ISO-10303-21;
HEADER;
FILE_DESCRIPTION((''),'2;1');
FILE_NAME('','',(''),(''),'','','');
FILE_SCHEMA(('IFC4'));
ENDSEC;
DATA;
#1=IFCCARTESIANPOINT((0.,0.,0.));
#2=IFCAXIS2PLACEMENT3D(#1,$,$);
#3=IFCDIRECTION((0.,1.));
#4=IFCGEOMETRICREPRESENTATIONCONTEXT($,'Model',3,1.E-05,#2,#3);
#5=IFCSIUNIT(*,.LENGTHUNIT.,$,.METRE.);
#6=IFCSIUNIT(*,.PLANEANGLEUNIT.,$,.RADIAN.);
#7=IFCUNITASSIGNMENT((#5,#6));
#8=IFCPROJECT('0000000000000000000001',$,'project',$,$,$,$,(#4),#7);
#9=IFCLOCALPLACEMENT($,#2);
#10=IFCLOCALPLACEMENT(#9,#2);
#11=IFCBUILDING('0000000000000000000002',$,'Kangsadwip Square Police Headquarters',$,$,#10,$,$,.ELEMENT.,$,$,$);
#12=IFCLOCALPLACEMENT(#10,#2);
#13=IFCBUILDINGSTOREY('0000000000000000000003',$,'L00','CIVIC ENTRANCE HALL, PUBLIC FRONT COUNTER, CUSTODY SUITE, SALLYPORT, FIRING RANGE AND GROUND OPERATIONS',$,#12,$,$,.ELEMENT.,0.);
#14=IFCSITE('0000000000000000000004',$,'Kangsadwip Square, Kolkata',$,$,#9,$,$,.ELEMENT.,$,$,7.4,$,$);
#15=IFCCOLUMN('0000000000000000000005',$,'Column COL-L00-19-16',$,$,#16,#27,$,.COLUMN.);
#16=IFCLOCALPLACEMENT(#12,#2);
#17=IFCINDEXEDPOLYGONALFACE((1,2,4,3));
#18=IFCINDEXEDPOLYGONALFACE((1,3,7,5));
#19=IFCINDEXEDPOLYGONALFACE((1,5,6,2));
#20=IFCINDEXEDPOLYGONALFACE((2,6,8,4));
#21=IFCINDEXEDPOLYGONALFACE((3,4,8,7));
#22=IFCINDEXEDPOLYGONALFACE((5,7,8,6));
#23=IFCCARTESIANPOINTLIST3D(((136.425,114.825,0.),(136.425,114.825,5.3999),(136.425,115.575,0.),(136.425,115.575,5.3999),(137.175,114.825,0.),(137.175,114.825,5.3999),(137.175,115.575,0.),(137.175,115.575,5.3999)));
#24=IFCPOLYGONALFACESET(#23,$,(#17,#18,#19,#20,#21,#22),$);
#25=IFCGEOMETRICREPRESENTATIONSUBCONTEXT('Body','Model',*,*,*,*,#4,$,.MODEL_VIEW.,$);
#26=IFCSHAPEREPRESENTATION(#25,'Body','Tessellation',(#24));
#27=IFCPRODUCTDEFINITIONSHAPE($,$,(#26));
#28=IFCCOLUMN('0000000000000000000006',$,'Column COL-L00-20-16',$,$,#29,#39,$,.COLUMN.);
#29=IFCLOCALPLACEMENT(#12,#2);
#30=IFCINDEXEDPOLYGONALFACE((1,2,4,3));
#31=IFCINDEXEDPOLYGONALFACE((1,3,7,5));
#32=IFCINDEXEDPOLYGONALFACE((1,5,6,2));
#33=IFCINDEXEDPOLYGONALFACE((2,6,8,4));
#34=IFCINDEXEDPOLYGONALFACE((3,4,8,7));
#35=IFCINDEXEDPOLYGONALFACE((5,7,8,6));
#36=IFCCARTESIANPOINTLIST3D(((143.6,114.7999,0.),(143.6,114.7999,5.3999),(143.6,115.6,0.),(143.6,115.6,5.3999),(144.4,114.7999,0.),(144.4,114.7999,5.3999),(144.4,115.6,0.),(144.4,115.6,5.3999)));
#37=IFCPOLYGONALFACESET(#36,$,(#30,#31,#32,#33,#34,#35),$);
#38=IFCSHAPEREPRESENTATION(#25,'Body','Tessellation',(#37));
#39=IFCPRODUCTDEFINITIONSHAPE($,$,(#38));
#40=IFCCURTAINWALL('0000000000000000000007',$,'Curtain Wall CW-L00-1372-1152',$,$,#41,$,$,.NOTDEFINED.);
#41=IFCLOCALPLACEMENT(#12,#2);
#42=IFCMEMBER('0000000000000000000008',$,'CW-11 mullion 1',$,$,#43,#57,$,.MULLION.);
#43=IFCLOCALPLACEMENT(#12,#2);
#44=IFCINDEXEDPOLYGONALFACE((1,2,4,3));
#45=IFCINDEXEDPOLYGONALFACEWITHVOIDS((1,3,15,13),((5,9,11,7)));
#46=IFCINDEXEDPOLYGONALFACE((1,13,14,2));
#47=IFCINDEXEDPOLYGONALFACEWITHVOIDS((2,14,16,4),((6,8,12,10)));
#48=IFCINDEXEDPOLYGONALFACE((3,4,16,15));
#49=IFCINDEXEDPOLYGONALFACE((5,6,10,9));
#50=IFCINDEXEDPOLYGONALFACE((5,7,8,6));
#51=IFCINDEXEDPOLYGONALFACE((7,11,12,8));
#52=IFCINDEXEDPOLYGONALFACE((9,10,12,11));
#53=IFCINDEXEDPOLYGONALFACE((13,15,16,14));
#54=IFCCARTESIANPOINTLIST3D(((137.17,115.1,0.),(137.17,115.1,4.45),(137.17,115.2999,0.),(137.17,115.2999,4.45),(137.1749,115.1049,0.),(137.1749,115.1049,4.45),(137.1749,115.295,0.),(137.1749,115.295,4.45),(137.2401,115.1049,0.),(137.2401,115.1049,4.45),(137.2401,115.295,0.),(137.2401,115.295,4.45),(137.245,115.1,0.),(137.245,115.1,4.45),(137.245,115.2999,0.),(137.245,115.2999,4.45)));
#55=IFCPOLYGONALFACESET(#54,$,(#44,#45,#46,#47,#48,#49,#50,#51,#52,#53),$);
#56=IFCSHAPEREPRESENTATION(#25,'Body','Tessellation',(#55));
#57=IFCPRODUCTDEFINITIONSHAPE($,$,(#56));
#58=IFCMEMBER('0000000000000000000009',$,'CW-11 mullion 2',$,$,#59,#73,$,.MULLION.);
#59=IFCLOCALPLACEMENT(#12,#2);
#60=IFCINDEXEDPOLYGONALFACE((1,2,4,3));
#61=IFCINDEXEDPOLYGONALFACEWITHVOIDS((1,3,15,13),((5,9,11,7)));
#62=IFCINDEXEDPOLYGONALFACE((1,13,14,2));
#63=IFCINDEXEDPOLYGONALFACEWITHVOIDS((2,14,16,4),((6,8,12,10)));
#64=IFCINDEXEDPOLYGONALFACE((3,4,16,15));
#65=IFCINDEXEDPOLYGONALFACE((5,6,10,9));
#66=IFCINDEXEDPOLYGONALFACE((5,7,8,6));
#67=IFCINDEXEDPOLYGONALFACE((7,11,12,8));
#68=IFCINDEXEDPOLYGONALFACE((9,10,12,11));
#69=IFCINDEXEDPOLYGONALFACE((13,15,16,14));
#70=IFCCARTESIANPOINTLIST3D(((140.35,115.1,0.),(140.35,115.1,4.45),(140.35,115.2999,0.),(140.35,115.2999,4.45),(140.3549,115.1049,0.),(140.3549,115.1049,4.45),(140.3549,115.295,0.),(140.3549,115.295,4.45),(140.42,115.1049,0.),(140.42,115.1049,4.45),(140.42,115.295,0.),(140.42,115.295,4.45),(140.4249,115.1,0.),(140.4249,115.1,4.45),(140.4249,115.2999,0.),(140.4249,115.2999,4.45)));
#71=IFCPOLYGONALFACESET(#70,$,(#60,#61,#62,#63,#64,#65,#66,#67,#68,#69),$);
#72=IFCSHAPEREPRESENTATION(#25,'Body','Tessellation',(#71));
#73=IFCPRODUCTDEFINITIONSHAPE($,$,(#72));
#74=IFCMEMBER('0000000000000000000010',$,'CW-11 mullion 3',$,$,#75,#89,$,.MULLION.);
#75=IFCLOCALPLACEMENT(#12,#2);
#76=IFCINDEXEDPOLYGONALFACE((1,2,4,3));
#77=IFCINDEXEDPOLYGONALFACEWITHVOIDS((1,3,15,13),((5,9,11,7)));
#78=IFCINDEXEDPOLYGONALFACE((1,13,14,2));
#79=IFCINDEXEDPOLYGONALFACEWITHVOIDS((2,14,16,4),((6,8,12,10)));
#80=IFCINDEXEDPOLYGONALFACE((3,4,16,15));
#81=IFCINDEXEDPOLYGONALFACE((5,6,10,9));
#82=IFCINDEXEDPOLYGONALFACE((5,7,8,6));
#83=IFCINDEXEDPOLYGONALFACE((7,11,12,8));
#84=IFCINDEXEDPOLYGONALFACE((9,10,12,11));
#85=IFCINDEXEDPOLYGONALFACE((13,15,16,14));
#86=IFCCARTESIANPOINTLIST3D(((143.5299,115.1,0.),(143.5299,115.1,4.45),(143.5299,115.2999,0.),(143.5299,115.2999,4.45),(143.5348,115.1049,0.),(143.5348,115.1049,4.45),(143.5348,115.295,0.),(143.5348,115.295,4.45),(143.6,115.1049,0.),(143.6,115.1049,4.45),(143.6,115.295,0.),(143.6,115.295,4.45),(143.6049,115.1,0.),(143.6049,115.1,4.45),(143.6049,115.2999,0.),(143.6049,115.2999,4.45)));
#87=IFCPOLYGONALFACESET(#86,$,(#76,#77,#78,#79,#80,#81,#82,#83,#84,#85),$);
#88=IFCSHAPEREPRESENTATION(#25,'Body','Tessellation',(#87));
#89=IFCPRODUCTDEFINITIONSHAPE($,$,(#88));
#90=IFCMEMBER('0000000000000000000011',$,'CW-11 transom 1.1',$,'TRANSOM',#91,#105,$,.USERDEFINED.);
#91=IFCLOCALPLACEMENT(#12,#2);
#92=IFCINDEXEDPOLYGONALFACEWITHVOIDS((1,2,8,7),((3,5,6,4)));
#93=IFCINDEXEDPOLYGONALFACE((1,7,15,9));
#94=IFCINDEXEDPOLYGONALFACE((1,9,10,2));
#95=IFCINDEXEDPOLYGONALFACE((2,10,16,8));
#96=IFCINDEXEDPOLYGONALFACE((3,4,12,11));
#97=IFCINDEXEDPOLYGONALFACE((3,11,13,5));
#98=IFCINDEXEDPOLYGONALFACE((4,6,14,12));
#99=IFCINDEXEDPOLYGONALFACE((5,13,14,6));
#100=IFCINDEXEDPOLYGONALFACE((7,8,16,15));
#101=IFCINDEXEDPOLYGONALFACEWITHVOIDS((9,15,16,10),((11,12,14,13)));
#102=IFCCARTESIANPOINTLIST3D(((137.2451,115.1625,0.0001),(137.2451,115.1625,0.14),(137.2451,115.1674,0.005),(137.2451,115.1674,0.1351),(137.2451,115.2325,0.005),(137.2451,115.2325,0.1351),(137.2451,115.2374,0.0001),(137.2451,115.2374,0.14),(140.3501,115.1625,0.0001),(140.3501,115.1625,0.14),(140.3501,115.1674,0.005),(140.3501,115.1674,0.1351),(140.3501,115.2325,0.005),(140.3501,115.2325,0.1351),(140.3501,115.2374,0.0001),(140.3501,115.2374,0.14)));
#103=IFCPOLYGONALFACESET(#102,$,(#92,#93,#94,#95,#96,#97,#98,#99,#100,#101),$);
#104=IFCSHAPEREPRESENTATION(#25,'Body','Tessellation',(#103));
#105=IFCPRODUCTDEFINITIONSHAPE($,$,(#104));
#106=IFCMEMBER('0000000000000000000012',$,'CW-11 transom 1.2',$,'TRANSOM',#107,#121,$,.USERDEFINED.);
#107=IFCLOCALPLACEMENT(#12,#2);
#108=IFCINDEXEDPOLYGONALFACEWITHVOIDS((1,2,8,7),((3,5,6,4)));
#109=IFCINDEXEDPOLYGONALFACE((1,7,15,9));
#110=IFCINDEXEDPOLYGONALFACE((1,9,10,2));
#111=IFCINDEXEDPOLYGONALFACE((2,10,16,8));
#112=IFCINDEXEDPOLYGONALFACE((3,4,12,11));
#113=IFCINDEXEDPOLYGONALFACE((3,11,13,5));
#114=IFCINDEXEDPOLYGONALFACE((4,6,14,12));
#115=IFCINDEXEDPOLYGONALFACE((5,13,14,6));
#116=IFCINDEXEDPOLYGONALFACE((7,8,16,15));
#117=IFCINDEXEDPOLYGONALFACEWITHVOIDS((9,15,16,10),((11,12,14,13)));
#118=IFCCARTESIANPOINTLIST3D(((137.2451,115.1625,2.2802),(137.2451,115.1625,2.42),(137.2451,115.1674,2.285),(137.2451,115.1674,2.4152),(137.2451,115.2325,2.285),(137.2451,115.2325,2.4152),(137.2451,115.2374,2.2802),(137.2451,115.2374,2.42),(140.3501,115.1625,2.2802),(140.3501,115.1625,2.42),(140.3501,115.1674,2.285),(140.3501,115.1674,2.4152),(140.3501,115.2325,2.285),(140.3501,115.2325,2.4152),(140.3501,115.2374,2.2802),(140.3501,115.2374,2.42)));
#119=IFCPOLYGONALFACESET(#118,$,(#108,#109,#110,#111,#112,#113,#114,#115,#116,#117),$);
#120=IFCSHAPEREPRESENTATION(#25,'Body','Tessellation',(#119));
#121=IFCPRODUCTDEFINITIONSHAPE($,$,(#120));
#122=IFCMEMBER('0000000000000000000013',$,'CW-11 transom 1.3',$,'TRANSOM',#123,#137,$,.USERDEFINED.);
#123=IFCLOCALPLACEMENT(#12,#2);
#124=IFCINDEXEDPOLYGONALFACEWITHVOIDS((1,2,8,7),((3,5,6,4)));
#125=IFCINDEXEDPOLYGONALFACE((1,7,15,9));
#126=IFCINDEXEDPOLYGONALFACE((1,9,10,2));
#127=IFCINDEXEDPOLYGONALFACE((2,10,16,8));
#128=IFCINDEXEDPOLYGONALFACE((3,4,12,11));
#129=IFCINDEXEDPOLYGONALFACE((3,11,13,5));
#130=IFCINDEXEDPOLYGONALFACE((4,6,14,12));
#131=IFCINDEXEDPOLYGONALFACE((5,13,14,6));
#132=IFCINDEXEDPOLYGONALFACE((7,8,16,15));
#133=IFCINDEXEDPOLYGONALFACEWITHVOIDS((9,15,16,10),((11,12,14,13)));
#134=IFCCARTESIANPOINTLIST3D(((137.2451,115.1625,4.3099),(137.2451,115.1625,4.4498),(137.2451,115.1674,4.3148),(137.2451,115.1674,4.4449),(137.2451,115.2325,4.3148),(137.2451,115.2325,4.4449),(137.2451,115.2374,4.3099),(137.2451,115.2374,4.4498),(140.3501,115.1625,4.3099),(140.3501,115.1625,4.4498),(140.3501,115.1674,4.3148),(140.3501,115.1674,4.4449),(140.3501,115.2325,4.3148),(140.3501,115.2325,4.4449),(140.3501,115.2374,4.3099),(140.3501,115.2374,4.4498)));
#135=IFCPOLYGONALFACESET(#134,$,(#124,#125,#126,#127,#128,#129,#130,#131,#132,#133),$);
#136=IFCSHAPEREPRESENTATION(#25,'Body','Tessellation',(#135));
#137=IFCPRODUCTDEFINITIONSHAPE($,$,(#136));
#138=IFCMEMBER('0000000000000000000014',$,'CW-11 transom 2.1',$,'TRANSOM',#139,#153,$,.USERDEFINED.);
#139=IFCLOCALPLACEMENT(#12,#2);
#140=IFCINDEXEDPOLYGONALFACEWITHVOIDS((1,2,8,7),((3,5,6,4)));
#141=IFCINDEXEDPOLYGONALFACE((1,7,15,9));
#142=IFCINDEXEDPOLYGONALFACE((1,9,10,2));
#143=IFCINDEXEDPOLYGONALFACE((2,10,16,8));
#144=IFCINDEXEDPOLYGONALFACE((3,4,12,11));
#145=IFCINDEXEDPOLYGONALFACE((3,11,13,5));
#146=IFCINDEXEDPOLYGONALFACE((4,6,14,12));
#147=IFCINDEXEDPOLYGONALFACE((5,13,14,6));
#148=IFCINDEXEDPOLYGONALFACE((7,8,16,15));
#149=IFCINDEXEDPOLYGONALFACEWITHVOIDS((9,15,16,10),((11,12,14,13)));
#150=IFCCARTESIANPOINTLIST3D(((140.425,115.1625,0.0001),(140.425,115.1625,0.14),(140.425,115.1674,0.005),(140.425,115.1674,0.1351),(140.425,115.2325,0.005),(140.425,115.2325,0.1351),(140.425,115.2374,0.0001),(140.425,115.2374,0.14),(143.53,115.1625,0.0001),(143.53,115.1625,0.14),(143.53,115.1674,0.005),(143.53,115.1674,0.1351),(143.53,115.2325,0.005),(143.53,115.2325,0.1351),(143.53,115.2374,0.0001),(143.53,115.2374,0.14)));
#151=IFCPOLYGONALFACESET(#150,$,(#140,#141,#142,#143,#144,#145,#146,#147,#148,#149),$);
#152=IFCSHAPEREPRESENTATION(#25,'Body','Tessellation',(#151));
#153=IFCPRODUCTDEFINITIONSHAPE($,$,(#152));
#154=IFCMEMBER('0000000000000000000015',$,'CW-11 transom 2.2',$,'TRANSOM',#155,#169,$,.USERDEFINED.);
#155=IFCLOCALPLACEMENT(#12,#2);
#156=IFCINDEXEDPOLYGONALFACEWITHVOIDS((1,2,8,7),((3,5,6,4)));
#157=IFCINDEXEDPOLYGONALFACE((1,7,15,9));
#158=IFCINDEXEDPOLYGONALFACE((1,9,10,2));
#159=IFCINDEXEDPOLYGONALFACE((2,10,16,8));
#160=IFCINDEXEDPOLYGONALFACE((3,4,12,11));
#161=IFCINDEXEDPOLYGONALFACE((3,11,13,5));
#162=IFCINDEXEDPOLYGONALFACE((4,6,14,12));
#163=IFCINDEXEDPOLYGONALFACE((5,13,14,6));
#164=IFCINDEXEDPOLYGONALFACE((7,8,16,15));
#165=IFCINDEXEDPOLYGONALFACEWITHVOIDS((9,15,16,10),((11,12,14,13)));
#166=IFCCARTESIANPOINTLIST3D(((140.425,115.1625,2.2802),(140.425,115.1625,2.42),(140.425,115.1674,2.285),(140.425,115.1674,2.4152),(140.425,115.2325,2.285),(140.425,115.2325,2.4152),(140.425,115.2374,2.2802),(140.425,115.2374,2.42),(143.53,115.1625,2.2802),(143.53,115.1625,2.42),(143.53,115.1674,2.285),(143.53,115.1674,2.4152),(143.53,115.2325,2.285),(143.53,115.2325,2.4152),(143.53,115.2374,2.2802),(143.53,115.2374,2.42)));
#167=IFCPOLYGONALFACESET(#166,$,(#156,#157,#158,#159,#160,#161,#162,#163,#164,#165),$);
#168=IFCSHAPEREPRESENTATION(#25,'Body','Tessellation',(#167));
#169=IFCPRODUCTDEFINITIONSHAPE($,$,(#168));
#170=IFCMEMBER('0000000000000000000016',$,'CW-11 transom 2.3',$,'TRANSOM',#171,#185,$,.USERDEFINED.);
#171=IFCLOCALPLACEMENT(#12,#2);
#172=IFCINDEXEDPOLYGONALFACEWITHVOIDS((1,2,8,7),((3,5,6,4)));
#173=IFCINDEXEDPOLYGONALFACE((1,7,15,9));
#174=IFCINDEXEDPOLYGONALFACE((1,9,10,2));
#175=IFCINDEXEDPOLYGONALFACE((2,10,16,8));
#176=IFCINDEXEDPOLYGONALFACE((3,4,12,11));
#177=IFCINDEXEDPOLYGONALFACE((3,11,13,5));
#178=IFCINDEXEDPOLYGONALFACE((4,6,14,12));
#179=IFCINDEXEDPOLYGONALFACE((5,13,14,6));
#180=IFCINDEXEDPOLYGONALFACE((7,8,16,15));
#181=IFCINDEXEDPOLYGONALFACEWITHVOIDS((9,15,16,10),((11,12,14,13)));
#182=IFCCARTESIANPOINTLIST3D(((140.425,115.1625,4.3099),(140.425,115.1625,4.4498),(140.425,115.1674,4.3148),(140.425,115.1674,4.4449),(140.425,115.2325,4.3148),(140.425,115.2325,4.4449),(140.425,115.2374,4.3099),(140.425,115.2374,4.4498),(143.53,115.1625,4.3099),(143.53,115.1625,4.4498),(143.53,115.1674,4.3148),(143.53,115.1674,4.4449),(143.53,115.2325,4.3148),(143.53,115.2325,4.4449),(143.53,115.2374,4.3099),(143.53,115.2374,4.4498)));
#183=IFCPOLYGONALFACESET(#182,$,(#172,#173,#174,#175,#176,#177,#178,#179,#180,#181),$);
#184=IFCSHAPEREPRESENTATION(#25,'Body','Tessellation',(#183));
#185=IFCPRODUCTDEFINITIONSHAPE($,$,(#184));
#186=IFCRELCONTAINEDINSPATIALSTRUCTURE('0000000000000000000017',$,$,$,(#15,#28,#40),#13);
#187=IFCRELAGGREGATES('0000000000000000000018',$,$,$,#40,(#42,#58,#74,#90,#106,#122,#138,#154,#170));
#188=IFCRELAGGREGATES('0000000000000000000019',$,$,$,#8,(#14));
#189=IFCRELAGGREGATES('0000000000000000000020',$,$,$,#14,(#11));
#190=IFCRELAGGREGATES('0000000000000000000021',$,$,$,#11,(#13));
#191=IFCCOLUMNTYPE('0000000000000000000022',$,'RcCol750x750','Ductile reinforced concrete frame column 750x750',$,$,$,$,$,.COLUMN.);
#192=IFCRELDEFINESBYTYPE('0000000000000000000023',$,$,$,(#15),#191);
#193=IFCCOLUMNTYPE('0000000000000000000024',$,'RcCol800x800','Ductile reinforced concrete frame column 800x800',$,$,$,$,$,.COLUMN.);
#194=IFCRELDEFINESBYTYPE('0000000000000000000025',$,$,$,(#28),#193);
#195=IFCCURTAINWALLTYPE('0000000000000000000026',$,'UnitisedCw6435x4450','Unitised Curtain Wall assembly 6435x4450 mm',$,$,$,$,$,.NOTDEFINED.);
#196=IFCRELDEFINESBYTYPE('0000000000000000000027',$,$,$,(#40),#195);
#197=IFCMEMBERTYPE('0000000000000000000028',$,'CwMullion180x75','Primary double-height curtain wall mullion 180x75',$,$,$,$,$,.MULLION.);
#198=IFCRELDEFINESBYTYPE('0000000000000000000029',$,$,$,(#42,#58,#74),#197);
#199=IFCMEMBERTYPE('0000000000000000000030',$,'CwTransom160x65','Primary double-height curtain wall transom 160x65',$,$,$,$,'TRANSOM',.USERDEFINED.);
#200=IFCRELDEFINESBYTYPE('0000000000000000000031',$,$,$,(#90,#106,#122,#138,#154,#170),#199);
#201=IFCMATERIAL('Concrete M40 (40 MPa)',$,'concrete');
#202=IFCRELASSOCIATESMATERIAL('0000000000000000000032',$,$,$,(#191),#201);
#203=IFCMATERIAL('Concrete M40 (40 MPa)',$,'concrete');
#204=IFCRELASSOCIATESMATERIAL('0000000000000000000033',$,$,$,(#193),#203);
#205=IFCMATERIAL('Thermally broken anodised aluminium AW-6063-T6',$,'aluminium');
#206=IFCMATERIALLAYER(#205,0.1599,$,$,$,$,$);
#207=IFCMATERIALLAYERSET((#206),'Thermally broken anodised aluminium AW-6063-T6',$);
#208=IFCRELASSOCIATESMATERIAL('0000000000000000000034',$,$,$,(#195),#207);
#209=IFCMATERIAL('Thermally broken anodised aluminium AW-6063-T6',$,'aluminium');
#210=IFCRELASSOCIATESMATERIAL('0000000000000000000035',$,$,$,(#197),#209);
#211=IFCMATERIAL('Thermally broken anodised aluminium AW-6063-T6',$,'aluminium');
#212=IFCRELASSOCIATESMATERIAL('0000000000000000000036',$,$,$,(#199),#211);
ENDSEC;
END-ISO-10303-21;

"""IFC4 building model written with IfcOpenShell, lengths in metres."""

from ifc_helpers import new_model, si_unit, direction, frame, origin, origin_2d, place, context, subcontext, project, spatial, rectangle, hollow_rectangle, extrude, material, layer, layer_set, material_profile, profile_set, type_object, element, aggregate, save


model = new_model("IFC4")

# Units and contexts
model_context = context("Model", 3, precision=1e-05, world=origin(), true_north=direction((0.0, 1.0)))
body_context = subcontext(model_context, "Body", "Model", "MODEL_VIEW")
ifc_project = project(units=[si_unit("LENGTHUNIT", "METRE"), si_unit("PLANEANGLEUNIT", "RADIAN")], contexts=[model_context])

# Site, building, storey
site_placement = place(None, origin())
site = spatial("IfcSite", under=ifc_project, at=site_placement, Name="Kangsadwip Square, Kolkata", CompositionType="ELEMENT", RefElevation=7.4)
building_placement = place(site_placement, origin())
building = spatial("IfcBuilding", under=site, at=building_placement, Name="Kangsadwip Square Police Headquarters", CompositionType="ELEMENT")
storey_placement = place(building_placement, origin())
storey = spatial("IfcBuildingStorey", under=building, at=storey_placement, Name="L00", Description="CIVIC ENTRANCE HALL, PUBLIC FRONT COUNTER, CUSTODY SUITE, SALLYPORT, FIRING RANGE AND GROUND OPERATIONS", CompositionType="ELEMENT", Elevation=0.0)

# Columns
ifc_material_1 = material(Name="Concrete M40 (40 MPa)", Category="concrete")
ifc_material_profile_1 = material_profile(ifc_material_1, rectangle(XDim=0.75, YDim=0.75, at=origin_2d()), Name="RC COL 750X750")
ifc_profile_set_1 = profile_set([ifc_material_profile_1], Name="Concrete M40 (40 MPa)")
column_type_1 = type_object("IfcColumnType", Name="RcCol750x750", Description="Ductile reinforced concrete frame column 750x750", PredefinedType="COLUMN", material=ifc_profile_set_1)
column_1_placement = place(storey_placement, frame((136.8, 115.2, 0.0), z_axis=(0.0, 0.0, 1.0), x_axis=(1.0, 0.0, 0.0)))
element("IfcColumn", 1, at=column_1_placement, inside=storey, type_object=column_type_1, Name="Column COL-L00-19-16", PredefinedType="COLUMN", context=body_context, shape_type="SweptSolid", body=[
    extrude(rectangle(XDim=0.75, YDim=0.75, at=origin_2d()), origin(), (0.0, 0.0, 1.0), 5.3999),
])
ifc_material_2 = material(Name="Concrete M40 (40 MPa)", Category="concrete")
ifc_material_profile_2 = material_profile(ifc_material_2, rectangle(XDim=0.8, YDim=0.8, at=origin_2d()), Name="RC COL 800X800")
ifc_profile_set_2 = profile_set([ifc_material_profile_2], Name="Concrete M40 (40 MPa)")
column_type_2 = type_object("IfcColumnType", Name="RcCol800x800", Description="Ductile reinforced concrete frame column 800x800", PredefinedType="COLUMN", material=ifc_profile_set_2)
column_2_placement = place(storey_placement, frame((144.0, 115.2, 0.0), z_axis=(0.0, 0.0, 1.0), x_axis=(1.0, 0.0, 0.0)))
element("IfcColumn", 2, at=column_2_placement, inside=storey, type_object=column_type_2, Name="Column COL-L00-20-16", PredefinedType="COLUMN", context=body_context, shape_type="SweptSolid", body=[
    extrude(rectangle(XDim=0.8, YDim=0.8, at=origin_2d()), origin(), (0.0, 0.0, 1.0), 5.3999),
])

# Curtain wall, members
ifc_material_3 = material(Name="Thermally broken anodised aluminium AW-6063-T6", Category="aluminium")
ifc_layer_1 = layer(ifc_material_3, 0.1599)
ifc_layer_set_1 = layer_set([ifc_layer_1], Name="Thermally broken anodised aluminium AW-6063-T6")
curtain_wall_type = type_object("IfcCurtainWallType", Name="UnitisedCw6435x4450", Description="Unitised Curtain Wall assembly 6435x4450 mm", PredefinedType="NOTDEFINED", material=ifc_layer_set_1)
curtain_wall_placement = place(storey_placement, origin())
curtain_wall = element("IfcCurtainWall", 3, at=curtain_wall_placement, inside=storey, type_object=curtain_wall_type, Name="Curtain Wall CW-L00-1372-1152", PredefinedType="NOTDEFINED")
ifc_material_4 = material(Name="Thermally broken anodised aluminium AW-6063-T6", Category="aluminium")
ifc_material_profile_3 = material_profile(ifc_material_4, hollow_rectangle(XDim=0.075, YDim=0.2, WallThickness=0.0049, at=origin_2d()), Name="CWM 200X75X5")
ifc_profile_set_3 = profile_set([ifc_material_profile_3], Name="Thermally broken anodised aluminium AW-6063-T6")
member_type_1 = type_object("IfcMemberType", Name="CwMullion180x75", Description="Primary double-height curtain wall mullion 180x75", PredefinedType="MULLION", material=ifc_profile_set_3)
member_1_placement = place(storey_placement, frame((137.2075, 115.2, 0.0), z_axis=(0.0, 0.0, 1.0), x_axis=(1.0, 0.0, 0.0)))
member_1 = element("IfcMember", 4, at=member_1_placement, type_object=member_type_1, Name="CW-11 mullion 1", PredefinedType="MULLION", context=body_context, shape_type="SweptSolid", body=[
    extrude(hollow_rectangle(XDim=0.075, YDim=0.2, WallThickness=0.0049, at=origin_2d()), origin(), (0.0, 0.0, 1.0), 4.45),
])
member_2_placement = place(storey_placement, frame((140.3875, 115.2, 0.0), z_axis=(0.0, 0.0, 1.0), x_axis=(1.0, 0.0, 0.0)))
member_2 = element("IfcMember", 5, at=member_2_placement, type_object=member_type_1, Name="CW-11 mullion 2", PredefinedType="MULLION", context=body_context, shape_type="SweptSolid", body=[
    extrude(hollow_rectangle(XDim=0.075, YDim=0.2, WallThickness=0.0049, at=origin_2d()), origin(), (0.0, 0.0, 1.0), 4.45),
])
member_3_placement = place(storey_placement, frame((143.5674, 115.2, 0.0), z_axis=(0.0, 0.0, 1.0), x_axis=(1.0, 0.0, 0.0)))
member_3 = element("IfcMember", 6, at=member_3_placement, type_object=member_type_1, Name="CW-11 mullion 3", PredefinedType="MULLION", context=body_context, shape_type="SweptSolid", body=[
    extrude(hollow_rectangle(XDim=0.075, YDim=0.2, WallThickness=0.0049, at=origin_2d()), origin(), (0.0, 0.0, 1.0), 4.45),
])
ifc_material_5 = material(Name="Thermally broken anodised aluminium AW-6063-T6", Category="aluminium")
ifc_material_profile_4 = material_profile(ifc_material_5, hollow_rectangle(XDim=0.075, YDim=0.1399, WallThickness=0.0049, at=origin_2d()), Name="CWT 140X75X5")
ifc_profile_set_4 = profile_set([ifc_material_profile_4], Name="Thermally broken anodised aluminium AW-6063-T6")
member_type_2 = type_object("IfcMemberType", Name="CwTransom160x65", Description="Primary double-height curtain wall transom 160x65", ElementType="TRANSOM", PredefinedType="USERDEFINED", material=ifc_profile_set_4)
member_4_placement = place(storey_placement, frame((137.2451, 115.2, 0.0701), z_axis=(1.0, 0.0, 0.0), x_axis=(0.0, 1.0, 0.0)))
member_4 = element("IfcMember", 7, at=member_4_placement, type_object=member_type_2, Name="CW-11 transom 1.1", ObjectType="TRANSOM", PredefinedType="USERDEFINED", context=body_context, shape_type="SweptSolid", body=[
    extrude(hollow_rectangle(XDim=0.075, YDim=0.1399, WallThickness=0.0049, at=origin_2d()), origin(), (0.0, 0.0, 1.0), 3.105),
])
member_5_placement = place(storey_placement, frame((137.2451, 115.2, 2.3501), z_axis=(1.0, 0.0, 0.0), x_axis=(0.0, 1.0, 0.0)))
member_5 = element("IfcMember", 8, at=member_5_placement, type_object=member_type_2, Name="CW-11 transom 1.2", ObjectType="TRANSOM", PredefinedType="USERDEFINED", context=body_context, shape_type="SweptSolid", body=[
    extrude(hollow_rectangle(XDim=0.075, YDim=0.1399, WallThickness=0.0049, at=origin_2d()), origin(), (0.0, 0.0, 1.0), 3.105),
])
member_6_placement = place(storey_placement, frame((137.2451, 115.2, 4.3799), z_axis=(1.0, 0.0, 0.0), x_axis=(0.0, 1.0, 0.0)))
member_6 = element("IfcMember", 9, at=member_6_placement, type_object=member_type_2, Name="CW-11 transom 1.3", ObjectType="TRANSOM", PredefinedType="USERDEFINED", context=body_context, shape_type="SweptSolid", body=[
    extrude(hollow_rectangle(XDim=0.075, YDim=0.1399, WallThickness=0.0049, at=origin_2d()), origin(), (0.0, 0.0, 1.0), 3.105),
])
member_7_placement = place(storey_placement, frame((140.425, 115.2, 0.0701), z_axis=(1.0, 0.0, 0.0), x_axis=(0.0, 1.0, 0.0)))
member_7 = element("IfcMember", 10, at=member_7_placement, type_object=member_type_2, Name="CW-11 transom 2.1", ObjectType="TRANSOM", PredefinedType="USERDEFINED", context=body_context, shape_type="SweptSolid", body=[
    extrude(hollow_rectangle(XDim=0.075, YDim=0.1399, WallThickness=0.0049, at=origin_2d()), origin(), (0.0, 0.0, 1.0), 3.105),
])
member_8_placement = place(storey_placement, frame((140.425, 115.2, 2.3501), z_axis=(1.0, 0.0, 0.0), x_axis=(0.0, 1.0, 0.0)))
member_8 = element("IfcMember", 11, at=member_8_placement, type_object=member_type_2, Name="CW-11 transom 2.2", ObjectType="TRANSOM", PredefinedType="USERDEFINED", context=body_context, shape_type="SweptSolid", body=[
    extrude(hollow_rectangle(XDim=0.075, YDim=0.1399, WallThickness=0.0049, at=origin_2d()), origin(), (0.0, 0.0, 1.0), 3.105),
])
member_9_placement = place(storey_placement, frame((140.425, 115.2, 4.3799), z_axis=(1.0, 0.0, 0.0), x_axis=(0.0, 1.0, 0.0)))
member_9 = element("IfcMember", 12, at=member_9_placement, type_object=member_type_2, Name="CW-11 transom 2.3", ObjectType="TRANSOM", PredefinedType="USERDEFINED", context=body_context, shape_type="SweptSolid", body=[
    extrude(hollow_rectangle(XDim=0.075, YDim=0.1399, WallThickness=0.0049, at=origin_2d()), origin(), (0.0, 0.0, 1.0), 3.105),
])

aggregate(curtain_wall, [member_1, member_2, member_3, member_4, member_5, member_6, member_7, member_8, member_9])

save(model, "model.ifc")
